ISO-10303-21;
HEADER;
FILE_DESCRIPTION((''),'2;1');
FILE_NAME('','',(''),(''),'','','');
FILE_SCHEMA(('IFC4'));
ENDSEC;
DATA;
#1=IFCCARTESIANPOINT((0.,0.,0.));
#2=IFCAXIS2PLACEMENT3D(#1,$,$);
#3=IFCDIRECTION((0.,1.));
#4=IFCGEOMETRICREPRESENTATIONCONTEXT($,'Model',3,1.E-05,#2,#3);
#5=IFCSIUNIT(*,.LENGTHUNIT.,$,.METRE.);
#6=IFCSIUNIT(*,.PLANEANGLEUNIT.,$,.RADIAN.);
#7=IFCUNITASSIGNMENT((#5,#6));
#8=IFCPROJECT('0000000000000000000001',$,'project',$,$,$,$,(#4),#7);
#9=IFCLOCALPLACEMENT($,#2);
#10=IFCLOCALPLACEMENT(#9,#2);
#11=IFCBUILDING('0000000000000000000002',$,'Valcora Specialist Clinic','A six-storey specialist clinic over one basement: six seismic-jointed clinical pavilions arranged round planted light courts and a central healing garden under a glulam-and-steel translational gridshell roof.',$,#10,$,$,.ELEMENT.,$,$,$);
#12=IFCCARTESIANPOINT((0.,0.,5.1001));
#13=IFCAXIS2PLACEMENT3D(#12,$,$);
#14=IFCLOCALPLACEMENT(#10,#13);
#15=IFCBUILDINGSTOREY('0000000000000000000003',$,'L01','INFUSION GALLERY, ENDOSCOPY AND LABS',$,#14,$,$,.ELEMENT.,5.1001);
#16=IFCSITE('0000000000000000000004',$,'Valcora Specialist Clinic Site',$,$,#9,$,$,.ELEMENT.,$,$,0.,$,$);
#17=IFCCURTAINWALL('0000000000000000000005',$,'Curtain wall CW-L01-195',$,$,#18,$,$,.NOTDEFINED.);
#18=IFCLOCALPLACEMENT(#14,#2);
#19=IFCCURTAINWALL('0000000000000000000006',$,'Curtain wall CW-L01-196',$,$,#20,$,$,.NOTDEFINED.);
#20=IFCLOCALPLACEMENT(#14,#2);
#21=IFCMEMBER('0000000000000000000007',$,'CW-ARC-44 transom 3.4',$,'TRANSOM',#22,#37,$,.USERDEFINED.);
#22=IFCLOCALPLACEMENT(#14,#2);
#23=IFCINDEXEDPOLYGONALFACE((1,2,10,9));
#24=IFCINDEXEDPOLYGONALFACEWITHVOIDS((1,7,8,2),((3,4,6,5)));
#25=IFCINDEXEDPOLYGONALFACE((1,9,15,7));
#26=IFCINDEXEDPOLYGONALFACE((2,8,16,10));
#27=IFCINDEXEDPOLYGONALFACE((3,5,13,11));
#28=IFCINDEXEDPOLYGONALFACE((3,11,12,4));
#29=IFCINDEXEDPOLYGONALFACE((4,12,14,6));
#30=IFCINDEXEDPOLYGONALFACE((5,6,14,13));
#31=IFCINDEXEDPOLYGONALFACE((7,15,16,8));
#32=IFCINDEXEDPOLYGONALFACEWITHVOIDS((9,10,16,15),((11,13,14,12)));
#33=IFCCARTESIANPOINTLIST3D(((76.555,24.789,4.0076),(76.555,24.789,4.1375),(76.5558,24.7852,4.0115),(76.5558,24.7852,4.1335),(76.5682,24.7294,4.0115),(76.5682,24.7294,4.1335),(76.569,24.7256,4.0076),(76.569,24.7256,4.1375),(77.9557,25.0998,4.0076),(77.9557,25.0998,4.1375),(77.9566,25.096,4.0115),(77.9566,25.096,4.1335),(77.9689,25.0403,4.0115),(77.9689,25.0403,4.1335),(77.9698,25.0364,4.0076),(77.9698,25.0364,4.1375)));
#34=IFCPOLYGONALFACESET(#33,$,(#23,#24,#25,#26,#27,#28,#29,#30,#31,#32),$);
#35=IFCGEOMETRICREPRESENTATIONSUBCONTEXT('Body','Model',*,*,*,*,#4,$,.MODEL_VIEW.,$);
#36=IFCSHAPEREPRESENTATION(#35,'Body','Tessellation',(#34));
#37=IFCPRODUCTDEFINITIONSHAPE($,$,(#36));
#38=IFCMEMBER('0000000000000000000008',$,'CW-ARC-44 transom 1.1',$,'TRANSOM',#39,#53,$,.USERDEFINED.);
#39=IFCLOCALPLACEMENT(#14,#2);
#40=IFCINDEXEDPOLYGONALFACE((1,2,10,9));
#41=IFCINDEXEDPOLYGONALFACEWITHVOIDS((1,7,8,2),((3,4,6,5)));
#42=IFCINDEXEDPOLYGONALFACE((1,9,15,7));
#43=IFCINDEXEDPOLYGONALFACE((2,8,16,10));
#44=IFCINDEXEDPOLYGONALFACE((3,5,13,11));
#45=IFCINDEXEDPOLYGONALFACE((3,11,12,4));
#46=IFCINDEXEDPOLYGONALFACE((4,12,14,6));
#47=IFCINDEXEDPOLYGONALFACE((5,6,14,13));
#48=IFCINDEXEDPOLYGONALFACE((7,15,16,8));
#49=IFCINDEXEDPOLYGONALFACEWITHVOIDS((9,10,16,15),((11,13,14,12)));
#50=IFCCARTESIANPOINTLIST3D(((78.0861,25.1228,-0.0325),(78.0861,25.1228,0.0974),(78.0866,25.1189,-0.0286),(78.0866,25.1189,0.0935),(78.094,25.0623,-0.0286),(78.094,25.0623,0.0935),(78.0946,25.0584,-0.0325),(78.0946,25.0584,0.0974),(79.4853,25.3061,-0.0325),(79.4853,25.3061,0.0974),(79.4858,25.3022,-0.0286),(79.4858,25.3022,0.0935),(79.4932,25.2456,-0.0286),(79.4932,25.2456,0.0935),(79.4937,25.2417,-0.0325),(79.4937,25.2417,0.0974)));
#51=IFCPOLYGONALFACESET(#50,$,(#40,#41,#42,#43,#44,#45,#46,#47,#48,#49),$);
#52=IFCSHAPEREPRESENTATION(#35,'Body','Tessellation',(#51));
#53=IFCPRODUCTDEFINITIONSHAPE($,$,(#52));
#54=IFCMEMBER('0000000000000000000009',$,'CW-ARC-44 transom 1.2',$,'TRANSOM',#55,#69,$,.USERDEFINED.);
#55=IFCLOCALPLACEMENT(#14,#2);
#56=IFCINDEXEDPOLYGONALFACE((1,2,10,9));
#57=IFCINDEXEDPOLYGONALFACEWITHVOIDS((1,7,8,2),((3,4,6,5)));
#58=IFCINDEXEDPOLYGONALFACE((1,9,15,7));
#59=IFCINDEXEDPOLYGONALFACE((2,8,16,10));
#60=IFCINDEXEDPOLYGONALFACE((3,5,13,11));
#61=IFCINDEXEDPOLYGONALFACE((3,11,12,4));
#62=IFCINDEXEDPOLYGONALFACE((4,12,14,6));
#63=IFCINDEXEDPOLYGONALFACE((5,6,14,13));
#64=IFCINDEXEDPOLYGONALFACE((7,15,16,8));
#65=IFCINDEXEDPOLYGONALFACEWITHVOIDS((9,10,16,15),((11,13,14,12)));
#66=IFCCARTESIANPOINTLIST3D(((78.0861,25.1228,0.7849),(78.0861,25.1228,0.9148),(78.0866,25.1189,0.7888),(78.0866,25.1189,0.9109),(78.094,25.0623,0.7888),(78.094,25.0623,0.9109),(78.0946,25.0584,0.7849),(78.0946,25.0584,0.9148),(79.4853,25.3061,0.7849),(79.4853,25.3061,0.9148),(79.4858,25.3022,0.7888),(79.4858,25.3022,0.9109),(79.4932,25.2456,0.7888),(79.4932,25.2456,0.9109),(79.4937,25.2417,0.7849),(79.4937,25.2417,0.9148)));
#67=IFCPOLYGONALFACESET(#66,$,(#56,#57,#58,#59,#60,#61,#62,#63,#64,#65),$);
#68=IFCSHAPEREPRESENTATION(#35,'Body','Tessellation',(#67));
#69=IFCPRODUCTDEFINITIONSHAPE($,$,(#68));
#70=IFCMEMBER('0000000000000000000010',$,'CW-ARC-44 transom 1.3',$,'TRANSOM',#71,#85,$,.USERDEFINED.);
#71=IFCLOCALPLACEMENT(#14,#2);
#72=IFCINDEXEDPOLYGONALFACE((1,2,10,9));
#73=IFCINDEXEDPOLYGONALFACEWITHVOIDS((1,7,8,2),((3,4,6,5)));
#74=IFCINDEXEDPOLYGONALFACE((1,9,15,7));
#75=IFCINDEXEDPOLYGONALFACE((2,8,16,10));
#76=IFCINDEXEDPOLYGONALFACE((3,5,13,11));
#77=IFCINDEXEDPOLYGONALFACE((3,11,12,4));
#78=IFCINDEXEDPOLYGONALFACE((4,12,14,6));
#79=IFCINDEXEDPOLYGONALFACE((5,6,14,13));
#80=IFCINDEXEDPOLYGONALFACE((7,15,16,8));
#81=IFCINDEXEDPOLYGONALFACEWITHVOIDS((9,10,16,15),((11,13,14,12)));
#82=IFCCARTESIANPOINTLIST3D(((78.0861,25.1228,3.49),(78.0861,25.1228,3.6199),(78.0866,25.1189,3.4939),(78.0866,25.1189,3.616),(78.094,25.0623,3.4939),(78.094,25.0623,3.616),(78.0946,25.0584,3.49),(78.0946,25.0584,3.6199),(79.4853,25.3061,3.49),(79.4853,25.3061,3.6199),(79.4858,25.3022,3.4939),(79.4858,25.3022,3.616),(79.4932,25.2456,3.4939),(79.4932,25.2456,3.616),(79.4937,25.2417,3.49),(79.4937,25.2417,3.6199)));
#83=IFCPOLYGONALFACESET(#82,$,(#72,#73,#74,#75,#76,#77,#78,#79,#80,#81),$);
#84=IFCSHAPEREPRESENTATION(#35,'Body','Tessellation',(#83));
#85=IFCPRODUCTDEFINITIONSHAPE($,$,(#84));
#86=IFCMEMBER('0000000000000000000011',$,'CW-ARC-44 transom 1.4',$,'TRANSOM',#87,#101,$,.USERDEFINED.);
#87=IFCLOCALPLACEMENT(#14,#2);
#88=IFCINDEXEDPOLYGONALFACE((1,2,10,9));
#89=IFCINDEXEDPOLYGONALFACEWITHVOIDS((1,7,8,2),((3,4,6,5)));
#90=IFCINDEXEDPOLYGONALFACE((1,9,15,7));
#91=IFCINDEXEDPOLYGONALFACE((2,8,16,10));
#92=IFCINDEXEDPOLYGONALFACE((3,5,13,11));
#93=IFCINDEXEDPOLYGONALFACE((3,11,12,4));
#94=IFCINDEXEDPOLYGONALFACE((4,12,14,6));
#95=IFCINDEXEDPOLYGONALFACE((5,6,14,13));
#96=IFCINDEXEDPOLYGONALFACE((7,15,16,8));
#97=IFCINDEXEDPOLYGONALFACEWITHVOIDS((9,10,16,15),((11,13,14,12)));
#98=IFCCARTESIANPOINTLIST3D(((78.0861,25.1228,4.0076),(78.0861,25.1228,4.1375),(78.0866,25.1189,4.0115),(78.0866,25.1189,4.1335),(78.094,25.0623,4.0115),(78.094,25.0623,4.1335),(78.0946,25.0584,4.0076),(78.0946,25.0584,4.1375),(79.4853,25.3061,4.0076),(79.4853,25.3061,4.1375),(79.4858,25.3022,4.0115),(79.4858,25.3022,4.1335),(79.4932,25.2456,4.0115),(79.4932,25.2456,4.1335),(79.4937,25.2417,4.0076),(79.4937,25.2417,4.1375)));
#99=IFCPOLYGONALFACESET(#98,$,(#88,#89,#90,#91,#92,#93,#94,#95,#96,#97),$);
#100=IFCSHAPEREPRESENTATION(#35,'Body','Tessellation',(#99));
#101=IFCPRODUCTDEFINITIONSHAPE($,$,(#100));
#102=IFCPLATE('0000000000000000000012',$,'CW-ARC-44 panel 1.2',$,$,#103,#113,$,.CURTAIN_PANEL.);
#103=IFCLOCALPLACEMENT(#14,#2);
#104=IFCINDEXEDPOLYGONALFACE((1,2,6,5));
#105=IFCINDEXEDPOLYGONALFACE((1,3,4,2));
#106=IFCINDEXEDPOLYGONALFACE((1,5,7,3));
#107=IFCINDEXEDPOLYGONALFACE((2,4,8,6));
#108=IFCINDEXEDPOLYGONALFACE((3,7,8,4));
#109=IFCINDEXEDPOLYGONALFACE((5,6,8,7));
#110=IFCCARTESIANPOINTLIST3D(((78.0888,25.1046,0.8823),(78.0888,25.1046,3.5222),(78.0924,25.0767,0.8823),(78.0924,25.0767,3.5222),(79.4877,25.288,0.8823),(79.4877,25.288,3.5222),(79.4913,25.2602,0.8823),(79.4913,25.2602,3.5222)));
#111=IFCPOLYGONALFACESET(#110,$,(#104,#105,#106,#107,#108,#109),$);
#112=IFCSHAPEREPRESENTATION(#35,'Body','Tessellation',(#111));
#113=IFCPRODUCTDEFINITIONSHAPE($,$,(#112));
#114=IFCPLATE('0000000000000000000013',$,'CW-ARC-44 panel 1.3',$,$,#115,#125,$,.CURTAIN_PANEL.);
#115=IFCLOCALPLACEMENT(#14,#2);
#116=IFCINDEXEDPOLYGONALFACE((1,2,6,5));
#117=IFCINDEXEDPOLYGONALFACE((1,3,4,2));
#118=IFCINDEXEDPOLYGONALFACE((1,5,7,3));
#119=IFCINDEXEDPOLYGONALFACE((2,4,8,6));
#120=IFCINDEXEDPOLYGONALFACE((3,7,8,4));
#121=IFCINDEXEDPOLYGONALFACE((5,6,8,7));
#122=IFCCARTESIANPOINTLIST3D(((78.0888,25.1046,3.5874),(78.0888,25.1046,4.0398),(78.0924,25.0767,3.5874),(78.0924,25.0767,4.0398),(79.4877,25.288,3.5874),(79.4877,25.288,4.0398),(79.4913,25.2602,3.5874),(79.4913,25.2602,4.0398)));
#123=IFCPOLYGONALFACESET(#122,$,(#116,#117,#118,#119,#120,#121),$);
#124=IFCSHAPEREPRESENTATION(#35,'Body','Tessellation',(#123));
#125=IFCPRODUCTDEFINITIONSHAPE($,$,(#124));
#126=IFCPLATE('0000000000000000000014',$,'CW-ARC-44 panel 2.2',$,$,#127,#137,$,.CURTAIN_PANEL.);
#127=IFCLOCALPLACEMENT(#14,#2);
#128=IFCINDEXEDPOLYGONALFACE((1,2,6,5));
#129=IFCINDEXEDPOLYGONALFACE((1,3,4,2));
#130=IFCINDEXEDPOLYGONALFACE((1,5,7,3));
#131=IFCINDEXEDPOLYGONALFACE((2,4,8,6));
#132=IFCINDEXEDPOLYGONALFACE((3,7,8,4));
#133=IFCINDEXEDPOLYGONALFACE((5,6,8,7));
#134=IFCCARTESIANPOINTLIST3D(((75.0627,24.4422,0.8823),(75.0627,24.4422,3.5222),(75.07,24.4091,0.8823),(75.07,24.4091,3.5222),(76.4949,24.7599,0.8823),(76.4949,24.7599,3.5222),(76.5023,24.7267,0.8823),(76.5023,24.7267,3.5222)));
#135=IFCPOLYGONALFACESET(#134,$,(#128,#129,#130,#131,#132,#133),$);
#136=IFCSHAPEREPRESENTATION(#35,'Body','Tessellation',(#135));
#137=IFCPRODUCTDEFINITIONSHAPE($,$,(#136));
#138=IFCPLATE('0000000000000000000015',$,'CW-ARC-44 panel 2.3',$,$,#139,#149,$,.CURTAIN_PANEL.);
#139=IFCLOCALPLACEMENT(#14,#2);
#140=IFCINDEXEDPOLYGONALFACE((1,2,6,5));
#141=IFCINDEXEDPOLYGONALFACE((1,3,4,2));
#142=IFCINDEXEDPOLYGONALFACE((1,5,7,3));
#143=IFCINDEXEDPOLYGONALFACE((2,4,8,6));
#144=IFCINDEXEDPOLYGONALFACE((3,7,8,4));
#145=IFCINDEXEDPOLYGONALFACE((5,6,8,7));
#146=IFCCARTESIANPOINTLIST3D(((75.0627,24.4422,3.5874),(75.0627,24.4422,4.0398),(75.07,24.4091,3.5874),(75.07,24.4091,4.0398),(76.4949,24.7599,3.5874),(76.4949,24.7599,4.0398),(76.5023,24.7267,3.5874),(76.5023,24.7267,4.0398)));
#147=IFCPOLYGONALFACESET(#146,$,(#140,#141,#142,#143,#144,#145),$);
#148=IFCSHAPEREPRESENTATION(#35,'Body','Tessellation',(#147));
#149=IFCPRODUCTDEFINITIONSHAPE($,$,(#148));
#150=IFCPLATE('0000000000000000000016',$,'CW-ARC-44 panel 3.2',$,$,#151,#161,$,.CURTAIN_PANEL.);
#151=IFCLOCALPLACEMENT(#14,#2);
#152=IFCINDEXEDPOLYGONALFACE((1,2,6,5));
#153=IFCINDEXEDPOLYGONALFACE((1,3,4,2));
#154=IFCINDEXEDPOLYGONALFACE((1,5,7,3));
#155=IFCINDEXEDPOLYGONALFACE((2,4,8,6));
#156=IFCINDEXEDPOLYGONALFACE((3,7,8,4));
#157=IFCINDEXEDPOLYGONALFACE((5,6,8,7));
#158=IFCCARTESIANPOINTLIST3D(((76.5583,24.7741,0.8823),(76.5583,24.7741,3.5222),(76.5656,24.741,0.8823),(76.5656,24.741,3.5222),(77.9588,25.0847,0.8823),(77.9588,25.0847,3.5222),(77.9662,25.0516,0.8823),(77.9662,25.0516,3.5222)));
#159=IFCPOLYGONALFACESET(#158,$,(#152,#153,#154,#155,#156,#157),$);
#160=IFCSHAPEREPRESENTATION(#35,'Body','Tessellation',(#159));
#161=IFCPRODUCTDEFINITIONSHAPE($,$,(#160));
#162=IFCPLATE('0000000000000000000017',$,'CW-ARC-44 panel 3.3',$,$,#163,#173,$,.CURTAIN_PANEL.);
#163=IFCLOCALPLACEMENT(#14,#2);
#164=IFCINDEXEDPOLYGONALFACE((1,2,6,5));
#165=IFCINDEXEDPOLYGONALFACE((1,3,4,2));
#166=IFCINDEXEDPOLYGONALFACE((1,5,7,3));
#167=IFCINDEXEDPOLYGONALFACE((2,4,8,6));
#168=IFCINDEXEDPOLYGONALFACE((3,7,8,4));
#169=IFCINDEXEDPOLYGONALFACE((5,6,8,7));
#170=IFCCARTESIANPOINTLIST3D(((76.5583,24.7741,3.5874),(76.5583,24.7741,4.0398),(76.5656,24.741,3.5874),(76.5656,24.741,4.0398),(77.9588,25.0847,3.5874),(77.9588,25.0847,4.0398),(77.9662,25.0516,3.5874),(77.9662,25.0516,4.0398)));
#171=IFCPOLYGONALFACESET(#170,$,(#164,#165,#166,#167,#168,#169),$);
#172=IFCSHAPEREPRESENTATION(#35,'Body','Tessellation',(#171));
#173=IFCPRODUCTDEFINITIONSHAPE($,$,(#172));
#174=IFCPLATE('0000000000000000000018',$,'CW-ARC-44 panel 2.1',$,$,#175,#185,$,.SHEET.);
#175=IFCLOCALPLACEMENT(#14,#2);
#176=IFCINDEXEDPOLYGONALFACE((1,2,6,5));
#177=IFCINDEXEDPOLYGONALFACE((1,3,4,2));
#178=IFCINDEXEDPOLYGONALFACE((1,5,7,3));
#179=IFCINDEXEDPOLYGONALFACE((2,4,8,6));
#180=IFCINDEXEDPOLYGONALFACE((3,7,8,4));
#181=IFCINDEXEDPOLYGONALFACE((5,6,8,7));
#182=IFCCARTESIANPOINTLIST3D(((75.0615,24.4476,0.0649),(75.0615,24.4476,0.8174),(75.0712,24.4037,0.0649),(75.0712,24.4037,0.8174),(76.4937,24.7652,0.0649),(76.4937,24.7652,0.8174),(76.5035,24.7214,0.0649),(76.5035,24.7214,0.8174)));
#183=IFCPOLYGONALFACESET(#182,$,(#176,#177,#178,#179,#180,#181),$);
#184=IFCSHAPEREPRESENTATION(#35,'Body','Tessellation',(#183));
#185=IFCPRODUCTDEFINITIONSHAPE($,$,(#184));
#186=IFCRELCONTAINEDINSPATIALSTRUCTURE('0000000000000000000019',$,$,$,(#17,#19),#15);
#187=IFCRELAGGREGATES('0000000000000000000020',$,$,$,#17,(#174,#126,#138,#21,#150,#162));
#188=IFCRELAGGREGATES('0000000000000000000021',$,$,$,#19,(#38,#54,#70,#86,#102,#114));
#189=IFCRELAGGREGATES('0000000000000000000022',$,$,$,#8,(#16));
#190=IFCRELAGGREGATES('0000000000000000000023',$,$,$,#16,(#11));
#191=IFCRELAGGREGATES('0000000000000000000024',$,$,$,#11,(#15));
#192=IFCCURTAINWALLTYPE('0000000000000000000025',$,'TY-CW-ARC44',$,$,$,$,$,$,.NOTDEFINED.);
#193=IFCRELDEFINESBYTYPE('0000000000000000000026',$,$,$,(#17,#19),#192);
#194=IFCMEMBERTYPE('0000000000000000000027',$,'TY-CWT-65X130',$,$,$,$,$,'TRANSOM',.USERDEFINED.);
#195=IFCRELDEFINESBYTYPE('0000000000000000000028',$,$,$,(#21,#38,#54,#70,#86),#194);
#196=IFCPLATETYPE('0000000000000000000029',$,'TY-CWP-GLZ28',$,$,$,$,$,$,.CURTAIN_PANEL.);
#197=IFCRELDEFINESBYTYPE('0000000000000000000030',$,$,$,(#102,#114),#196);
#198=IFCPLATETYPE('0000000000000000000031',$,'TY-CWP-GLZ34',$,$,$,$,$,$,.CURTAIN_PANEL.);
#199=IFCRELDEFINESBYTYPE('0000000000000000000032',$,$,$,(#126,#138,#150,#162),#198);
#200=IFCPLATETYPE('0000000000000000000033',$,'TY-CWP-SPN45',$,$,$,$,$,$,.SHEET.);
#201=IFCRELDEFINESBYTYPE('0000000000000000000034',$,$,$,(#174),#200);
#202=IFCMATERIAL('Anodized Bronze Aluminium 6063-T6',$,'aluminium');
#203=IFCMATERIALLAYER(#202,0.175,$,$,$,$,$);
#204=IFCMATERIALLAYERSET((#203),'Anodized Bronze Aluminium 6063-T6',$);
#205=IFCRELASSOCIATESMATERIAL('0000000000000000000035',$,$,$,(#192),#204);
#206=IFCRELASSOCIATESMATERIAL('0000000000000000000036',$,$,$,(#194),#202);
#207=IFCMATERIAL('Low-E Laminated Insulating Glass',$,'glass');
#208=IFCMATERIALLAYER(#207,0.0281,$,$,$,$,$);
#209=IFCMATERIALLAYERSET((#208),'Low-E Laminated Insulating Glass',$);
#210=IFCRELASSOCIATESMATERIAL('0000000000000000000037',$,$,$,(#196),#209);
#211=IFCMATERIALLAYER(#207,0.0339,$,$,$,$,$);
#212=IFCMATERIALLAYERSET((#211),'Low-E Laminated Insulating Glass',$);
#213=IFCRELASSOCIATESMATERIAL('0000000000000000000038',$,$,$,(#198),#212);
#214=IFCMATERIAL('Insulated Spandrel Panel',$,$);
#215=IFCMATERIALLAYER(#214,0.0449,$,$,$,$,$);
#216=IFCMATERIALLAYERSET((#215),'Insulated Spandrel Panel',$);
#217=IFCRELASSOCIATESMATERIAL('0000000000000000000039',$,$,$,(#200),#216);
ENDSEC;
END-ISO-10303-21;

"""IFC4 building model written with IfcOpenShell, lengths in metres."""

from ifc_helpers import new_model, si_unit, direction, frame, origin, origin_2d, place, context, subcontext, project, spatial, rectangle, hollow_rectangle, extrude, material, layer, layer_set, material_profile, profile_set, type_object, element, aggregate, save


model = new_model("IFC4")

# Units and contexts
model_context = context("Model", 3, precision=1e-05, world=origin(), true_north=direction((0.0, 1.0)))
body_context = subcontext(model_context, "Body", "Model", "MODEL_VIEW")
ifc_project = project(units=[si_unit("LENGTHUNIT", "METRE"), si_unit("PLANEANGLEUNIT", "RADIAN")], contexts=[model_context])

# Site, building, storey
site_placement = place(None, origin())
site = spatial("IfcSite", under=ifc_project, at=site_placement, Name="Valcora Specialist Clinic Site", CompositionType="ELEMENT", RefElevation=0.0)
building_placement = place(site_placement, origin())
building = spatial("IfcBuilding", under=site, at=building_placement, Name="Valcora Specialist Clinic", Description="A six-storey specialist clinic over one basement: six seismic-jointed clinical pavilions arranged round planted light courts and a central healing garden under a glulam-and-steel translational gridshell roof.", CompositionType="ELEMENT")
storey_placement = place(building_placement, frame((0.0, 0.0, 5.1001)))
storey = spatial("IfcBuildingStorey", under=building, at=storey_placement, Name="L01", Description="INFUSION GALLERY, ENDOSCOPY AND LABS", CompositionType="ELEMENT", Elevation=5.1001)

# Curtain wall
ifc_material_1 = material(Name="Anodized Bronze Aluminium 6063-T6", Category="aluminium")
ifc_layer_1 = layer(ifc_material_1, 0.175)
ifc_layer_set_1 = layer_set([ifc_layer_1], Name="Anodized Bronze Aluminium 6063-T6")
curtain_wall_type = type_object("IfcCurtainWallType", Name="TY-CW-ARC44", PredefinedType="NOTDEFINED", material=ifc_layer_set_1)
curtain_wall_1_placement = place(storey_placement, origin())
curtain_wall_1 = element("IfcCurtainWall", 1, at=curtain_wall_1_placement, inside=storey, type_object=curtain_wall_type, Name="Curtain wall CW-L01-195", PredefinedType="NOTDEFINED")

# Curtain wall
curtain_wall_2_placement = place(storey_placement, origin())
curtain_wall_2 = element("IfcCurtainWall", 2, at=curtain_wall_2_placement, inside=storey, type_object=curtain_wall_type, Name="Curtain wall CW-L01-196", PredefinedType="NOTDEFINED")

# Members
ifc_material_profile_1 = material_profile(ifc_material_1, hollow_rectangle(XDim=0.0649, YDim=0.1299, WallThickness=0.0039, at=origin_2d()), Name="AL-TRN-65X130")
ifc_profile_set_1 = profile_set([ifc_material_profile_1], Name="Anodized Bronze Aluminium 6063-T6")
member_type_1 = type_object("IfcMemberType", Name="TY-CWT-65X130", ElementType="TRANSOM", PredefinedType="USERDEFINED", material=ifc_profile_set_1)
member_1_placement = place(storey_placement, frame((76.562, 24.7573, 4.0725), z_axis=(0.976255, 0.216624, 0.0), x_axis=(-0.216624, 0.976255, 0.0)))
member_1 = element("IfcMember", 3, at=member_1_placement, type_object=member_type_1, Name="CW-ARC-44 transom 3.4", ObjectType="TRANSOM", PredefinedType="USERDEFINED", context=body_context, shape_type="SweptSolid", body=[
    extrude(hollow_rectangle(XDim=0.0649, YDim=0.1299, WallThickness=0.0039, at=origin_2d()), origin(), (0.0, 0.0, 1.0), 1.4348),
])
member_2_placement = place(storey_placement, frame((78.0903, 25.0906, 0.0325), z_axis=(0.991523, 0.129931, 0.0), x_axis=(-0.129931, 0.991523, 0.0)))
member_2 = element("IfcMember", 4, at=member_2_placement, type_object=member_type_1, Name="CW-ARC-44 transom 1.1", ObjectType="TRANSOM", PredefinedType="USERDEFINED", context=body_context, shape_type="SweptSolid", body=[
    extrude(hollow_rectangle(XDim=0.0649, YDim=0.1299, WallThickness=0.0039, at=origin_2d()), origin(), (0.0, 0.0, 1.0), 1.4111),
])
member_3_placement = place(storey_placement, frame((78.0903, 25.0906, 0.8499), z_axis=(0.991523, 0.129931, 0.0), x_axis=(-0.129931, 0.991523, 0.0)))
member_3 = element("IfcMember", 5, at=member_3_placement, type_object=member_type_1, Name="CW-ARC-44 transom 1.2", ObjectType="TRANSOM", PredefinedType="USERDEFINED", context=body_context, shape_type="SweptSolid", body=[
    extrude(hollow_rectangle(XDim=0.0649, YDim=0.1299, WallThickness=0.0039, at=origin_2d()), origin(), (0.0, 0.0, 1.0), 1.4111),
])
member_4_placement = place(storey_placement, frame((78.0903, 25.0906, 3.5549), z_axis=(0.991523, 0.129931, 0.0), x_axis=(-0.129931, 0.991523, 0.0)))
member_4 = element("IfcMember", 6, at=member_4_placement, type_object=member_type_1, Name="CW-ARC-44 transom 1.3", ObjectType="TRANSOM", PredefinedType="USERDEFINED", context=body_context, shape_type="SweptSolid", body=[
    extrude(hollow_rectangle(XDim=0.0649, YDim=0.1299, WallThickness=0.0039, at=origin_2d()), origin(), (0.0, 0.0, 1.0), 1.4111),
])
member_5_placement = place(storey_placement, frame((78.0903, 25.0906, 4.0725), z_axis=(0.991523, 0.129931, 0.0), x_axis=(-0.129931, 0.991523, 0.0)))
member_5 = element("IfcMember", 7, at=member_5_placement, type_object=member_type_1, Name="CW-ARC-44 transom 1.4", ObjectType="TRANSOM", PredefinedType="USERDEFINED", context=body_context, shape_type="SweptSolid", body=[
    extrude(hollow_rectangle(XDim=0.0649, YDim=0.1299, WallThickness=0.0039, at=origin_2d()), origin(), (0.0, 0.0, 1.0), 1.4111),
])

# Plates
ifc_material_2 = material(Name="Low-E Laminated Insulating Glass", Category="glass")
ifc_layer_2 = layer(ifc_material_2, 0.0281)
ifc_layer_set_2 = layer_set([ifc_layer_2], Name="Low-E Laminated Insulating Glass")
plate_type_1 = type_object("IfcPlateType", Name="TY-CWP-GLZ28", PredefinedType="CURTAIN_PANEL", material=ifc_layer_set_2)
plate_1_placement = place(storey_placement, frame((78.79, 25.1824, 0.8823), z_axis=(0.0, 0.0, 1.0), x_axis=(0.991514, 0.129999, 0.0)))
plate_1 = element("IfcPlate", 8, at=plate_1_placement, type_object=plate_type_1, Name="CW-ARC-44 panel 1.2", PredefinedType="CURTAIN_PANEL", context=body_context, shape_type="SweptSolid", body=[
    extrude(rectangle(XDim=1.4109, YDim=0.0281, at=origin_2d()), origin(), (0.0, 0.0, 1.0), 2.6399),
])
plate_2_placement = place(storey_placement, frame((78.79, 25.1824, 3.5874), z_axis=(0.0, 0.0, 1.0), x_axis=(0.991514, 0.129999, 0.0)))
plate_2 = element("IfcPlate", 9, at=plate_2_placement, type_object=plate_type_1, Name="CW-ARC-44 panel 1.3", PredefinedType="CURTAIN_PANEL", context=body_context, shape_type="SweptSolid", body=[
    extrude(rectangle(XDim=1.4109, YDim=0.0281, at=origin_2d()), origin(), (0.0, 0.0, 1.0), 0.4524),
])
ifc_layer_3 = layer(ifc_material_2, 0.0339)
ifc_layer_set_3 = layer_set([ifc_layer_3], Name="Low-E Laminated Insulating Glass")
plate_type_2 = type_object("IfcPlateType", Name="TY-CWP-GLZ34", PredefinedType="CURTAIN_PANEL", material=ifc_layer_set_3)
plate_3_placement = place(storey_placement, frame((75.7825, 24.5845, 0.8823), z_axis=(0.0, 0.0, 1.0), x_axis=(0.976279, 0.216518, 0.0)))
plate_3 = element("IfcPlate", 10, at=plate_3_placement, type_object=plate_type_2, Name="CW-ARC-44 panel 2.2", PredefinedType="CURTAIN_PANEL", context=body_context, shape_type="SweptSolid", body=[
    extrude(rectangle(XDim=1.467, YDim=0.0339, at=origin_2d()), origin(), (0.0, 0.0, 1.0), 2.6399),
])
plate_4_placement = place(storey_placement, frame((75.7825, 24.5845, 3.5874), z_axis=(0.0, 0.0, 1.0), x_axis=(0.976279, 0.216518, 0.0)))
plate_4 = element("IfcPlate", 11, at=plate_4_placement, type_object=plate_type_2, Name="CW-ARC-44 panel 2.3", PredefinedType="CURTAIN_PANEL", context=body_context, shape_type="SweptSolid", body=[
    extrude(rectangle(XDim=1.467, YDim=0.0339, at=origin_2d()), origin(), (0.0, 0.0, 1.0), 0.4524),
])
plate_5_placement = place(storey_placement, frame((77.2622, 24.9128, 0.8823), z_axis=(0.0, 0.0, 1.0), x_axis=(0.976279, 0.216518, 0.0)))
plate_5 = element("IfcPlate", 12, at=plate_5_placement, type_object=plate_type_2, Name="CW-ARC-44 panel 3.2", PredefinedType="CURTAIN_PANEL", context=body_context, shape_type="SweptSolid", body=[
    extrude(rectangle(XDim=1.4346, YDim=0.0339, at=origin_2d()), origin(), (0.0, 0.0, 1.0), 2.6399),
])
plate_6_placement = place(storey_placement, frame((77.2622, 24.9128, 3.5874), z_axis=(0.0, 0.0, 1.0), x_axis=(0.976279, 0.216518, 0.0)))
plate_6 = element("IfcPlate", 13, at=plate_6_placement, type_object=plate_type_2, Name="CW-ARC-44 panel 3.3", PredefinedType="CURTAIN_PANEL", context=body_context, shape_type="SweptSolid", body=[
    extrude(rectangle(XDim=1.4346, YDim=0.0339, at=origin_2d()), origin(), (0.0, 0.0, 1.0), 0.4524),
])
ifc_material_3 = material(Name="Insulated Spandrel Panel")
ifc_layer_4 = layer(ifc_material_3, 0.0449)
ifc_layer_set_4 = layer_set([ifc_layer_4], Name="Insulated Spandrel Panel")
plate_type_3 = type_object("IfcPlateType", Name="TY-CWP-SPN45", PredefinedType="SHEET", material=ifc_layer_set_4)
plate_7_placement = place(storey_placement, frame((75.7825, 24.5845, 0.0649), z_axis=(0.0, 0.0, 1.0), x_axis=(0.976279, 0.216518, 0.0)))
plate_7 = element("IfcPlate", 14, at=plate_7_placement, type_object=plate_type_3, Name="CW-ARC-44 panel 2.1", PredefinedType="SHEET", context=body_context, shape_type="SweptSolid", body=[
    extrude(rectangle(XDim=1.467, YDim=0.0449, at=origin_2d()), origin(), (0.0, 0.0, 1.0), 0.7524),
])
aggregate(curtain_wall_1, [plate_7, plate_3, plate_4, member_1, plate_5, plate_6])
aggregate(curtain_wall_2, [member_2, member_3, member_4, member_5, plate_1, plate_2])

save(model, "model.ifc")
